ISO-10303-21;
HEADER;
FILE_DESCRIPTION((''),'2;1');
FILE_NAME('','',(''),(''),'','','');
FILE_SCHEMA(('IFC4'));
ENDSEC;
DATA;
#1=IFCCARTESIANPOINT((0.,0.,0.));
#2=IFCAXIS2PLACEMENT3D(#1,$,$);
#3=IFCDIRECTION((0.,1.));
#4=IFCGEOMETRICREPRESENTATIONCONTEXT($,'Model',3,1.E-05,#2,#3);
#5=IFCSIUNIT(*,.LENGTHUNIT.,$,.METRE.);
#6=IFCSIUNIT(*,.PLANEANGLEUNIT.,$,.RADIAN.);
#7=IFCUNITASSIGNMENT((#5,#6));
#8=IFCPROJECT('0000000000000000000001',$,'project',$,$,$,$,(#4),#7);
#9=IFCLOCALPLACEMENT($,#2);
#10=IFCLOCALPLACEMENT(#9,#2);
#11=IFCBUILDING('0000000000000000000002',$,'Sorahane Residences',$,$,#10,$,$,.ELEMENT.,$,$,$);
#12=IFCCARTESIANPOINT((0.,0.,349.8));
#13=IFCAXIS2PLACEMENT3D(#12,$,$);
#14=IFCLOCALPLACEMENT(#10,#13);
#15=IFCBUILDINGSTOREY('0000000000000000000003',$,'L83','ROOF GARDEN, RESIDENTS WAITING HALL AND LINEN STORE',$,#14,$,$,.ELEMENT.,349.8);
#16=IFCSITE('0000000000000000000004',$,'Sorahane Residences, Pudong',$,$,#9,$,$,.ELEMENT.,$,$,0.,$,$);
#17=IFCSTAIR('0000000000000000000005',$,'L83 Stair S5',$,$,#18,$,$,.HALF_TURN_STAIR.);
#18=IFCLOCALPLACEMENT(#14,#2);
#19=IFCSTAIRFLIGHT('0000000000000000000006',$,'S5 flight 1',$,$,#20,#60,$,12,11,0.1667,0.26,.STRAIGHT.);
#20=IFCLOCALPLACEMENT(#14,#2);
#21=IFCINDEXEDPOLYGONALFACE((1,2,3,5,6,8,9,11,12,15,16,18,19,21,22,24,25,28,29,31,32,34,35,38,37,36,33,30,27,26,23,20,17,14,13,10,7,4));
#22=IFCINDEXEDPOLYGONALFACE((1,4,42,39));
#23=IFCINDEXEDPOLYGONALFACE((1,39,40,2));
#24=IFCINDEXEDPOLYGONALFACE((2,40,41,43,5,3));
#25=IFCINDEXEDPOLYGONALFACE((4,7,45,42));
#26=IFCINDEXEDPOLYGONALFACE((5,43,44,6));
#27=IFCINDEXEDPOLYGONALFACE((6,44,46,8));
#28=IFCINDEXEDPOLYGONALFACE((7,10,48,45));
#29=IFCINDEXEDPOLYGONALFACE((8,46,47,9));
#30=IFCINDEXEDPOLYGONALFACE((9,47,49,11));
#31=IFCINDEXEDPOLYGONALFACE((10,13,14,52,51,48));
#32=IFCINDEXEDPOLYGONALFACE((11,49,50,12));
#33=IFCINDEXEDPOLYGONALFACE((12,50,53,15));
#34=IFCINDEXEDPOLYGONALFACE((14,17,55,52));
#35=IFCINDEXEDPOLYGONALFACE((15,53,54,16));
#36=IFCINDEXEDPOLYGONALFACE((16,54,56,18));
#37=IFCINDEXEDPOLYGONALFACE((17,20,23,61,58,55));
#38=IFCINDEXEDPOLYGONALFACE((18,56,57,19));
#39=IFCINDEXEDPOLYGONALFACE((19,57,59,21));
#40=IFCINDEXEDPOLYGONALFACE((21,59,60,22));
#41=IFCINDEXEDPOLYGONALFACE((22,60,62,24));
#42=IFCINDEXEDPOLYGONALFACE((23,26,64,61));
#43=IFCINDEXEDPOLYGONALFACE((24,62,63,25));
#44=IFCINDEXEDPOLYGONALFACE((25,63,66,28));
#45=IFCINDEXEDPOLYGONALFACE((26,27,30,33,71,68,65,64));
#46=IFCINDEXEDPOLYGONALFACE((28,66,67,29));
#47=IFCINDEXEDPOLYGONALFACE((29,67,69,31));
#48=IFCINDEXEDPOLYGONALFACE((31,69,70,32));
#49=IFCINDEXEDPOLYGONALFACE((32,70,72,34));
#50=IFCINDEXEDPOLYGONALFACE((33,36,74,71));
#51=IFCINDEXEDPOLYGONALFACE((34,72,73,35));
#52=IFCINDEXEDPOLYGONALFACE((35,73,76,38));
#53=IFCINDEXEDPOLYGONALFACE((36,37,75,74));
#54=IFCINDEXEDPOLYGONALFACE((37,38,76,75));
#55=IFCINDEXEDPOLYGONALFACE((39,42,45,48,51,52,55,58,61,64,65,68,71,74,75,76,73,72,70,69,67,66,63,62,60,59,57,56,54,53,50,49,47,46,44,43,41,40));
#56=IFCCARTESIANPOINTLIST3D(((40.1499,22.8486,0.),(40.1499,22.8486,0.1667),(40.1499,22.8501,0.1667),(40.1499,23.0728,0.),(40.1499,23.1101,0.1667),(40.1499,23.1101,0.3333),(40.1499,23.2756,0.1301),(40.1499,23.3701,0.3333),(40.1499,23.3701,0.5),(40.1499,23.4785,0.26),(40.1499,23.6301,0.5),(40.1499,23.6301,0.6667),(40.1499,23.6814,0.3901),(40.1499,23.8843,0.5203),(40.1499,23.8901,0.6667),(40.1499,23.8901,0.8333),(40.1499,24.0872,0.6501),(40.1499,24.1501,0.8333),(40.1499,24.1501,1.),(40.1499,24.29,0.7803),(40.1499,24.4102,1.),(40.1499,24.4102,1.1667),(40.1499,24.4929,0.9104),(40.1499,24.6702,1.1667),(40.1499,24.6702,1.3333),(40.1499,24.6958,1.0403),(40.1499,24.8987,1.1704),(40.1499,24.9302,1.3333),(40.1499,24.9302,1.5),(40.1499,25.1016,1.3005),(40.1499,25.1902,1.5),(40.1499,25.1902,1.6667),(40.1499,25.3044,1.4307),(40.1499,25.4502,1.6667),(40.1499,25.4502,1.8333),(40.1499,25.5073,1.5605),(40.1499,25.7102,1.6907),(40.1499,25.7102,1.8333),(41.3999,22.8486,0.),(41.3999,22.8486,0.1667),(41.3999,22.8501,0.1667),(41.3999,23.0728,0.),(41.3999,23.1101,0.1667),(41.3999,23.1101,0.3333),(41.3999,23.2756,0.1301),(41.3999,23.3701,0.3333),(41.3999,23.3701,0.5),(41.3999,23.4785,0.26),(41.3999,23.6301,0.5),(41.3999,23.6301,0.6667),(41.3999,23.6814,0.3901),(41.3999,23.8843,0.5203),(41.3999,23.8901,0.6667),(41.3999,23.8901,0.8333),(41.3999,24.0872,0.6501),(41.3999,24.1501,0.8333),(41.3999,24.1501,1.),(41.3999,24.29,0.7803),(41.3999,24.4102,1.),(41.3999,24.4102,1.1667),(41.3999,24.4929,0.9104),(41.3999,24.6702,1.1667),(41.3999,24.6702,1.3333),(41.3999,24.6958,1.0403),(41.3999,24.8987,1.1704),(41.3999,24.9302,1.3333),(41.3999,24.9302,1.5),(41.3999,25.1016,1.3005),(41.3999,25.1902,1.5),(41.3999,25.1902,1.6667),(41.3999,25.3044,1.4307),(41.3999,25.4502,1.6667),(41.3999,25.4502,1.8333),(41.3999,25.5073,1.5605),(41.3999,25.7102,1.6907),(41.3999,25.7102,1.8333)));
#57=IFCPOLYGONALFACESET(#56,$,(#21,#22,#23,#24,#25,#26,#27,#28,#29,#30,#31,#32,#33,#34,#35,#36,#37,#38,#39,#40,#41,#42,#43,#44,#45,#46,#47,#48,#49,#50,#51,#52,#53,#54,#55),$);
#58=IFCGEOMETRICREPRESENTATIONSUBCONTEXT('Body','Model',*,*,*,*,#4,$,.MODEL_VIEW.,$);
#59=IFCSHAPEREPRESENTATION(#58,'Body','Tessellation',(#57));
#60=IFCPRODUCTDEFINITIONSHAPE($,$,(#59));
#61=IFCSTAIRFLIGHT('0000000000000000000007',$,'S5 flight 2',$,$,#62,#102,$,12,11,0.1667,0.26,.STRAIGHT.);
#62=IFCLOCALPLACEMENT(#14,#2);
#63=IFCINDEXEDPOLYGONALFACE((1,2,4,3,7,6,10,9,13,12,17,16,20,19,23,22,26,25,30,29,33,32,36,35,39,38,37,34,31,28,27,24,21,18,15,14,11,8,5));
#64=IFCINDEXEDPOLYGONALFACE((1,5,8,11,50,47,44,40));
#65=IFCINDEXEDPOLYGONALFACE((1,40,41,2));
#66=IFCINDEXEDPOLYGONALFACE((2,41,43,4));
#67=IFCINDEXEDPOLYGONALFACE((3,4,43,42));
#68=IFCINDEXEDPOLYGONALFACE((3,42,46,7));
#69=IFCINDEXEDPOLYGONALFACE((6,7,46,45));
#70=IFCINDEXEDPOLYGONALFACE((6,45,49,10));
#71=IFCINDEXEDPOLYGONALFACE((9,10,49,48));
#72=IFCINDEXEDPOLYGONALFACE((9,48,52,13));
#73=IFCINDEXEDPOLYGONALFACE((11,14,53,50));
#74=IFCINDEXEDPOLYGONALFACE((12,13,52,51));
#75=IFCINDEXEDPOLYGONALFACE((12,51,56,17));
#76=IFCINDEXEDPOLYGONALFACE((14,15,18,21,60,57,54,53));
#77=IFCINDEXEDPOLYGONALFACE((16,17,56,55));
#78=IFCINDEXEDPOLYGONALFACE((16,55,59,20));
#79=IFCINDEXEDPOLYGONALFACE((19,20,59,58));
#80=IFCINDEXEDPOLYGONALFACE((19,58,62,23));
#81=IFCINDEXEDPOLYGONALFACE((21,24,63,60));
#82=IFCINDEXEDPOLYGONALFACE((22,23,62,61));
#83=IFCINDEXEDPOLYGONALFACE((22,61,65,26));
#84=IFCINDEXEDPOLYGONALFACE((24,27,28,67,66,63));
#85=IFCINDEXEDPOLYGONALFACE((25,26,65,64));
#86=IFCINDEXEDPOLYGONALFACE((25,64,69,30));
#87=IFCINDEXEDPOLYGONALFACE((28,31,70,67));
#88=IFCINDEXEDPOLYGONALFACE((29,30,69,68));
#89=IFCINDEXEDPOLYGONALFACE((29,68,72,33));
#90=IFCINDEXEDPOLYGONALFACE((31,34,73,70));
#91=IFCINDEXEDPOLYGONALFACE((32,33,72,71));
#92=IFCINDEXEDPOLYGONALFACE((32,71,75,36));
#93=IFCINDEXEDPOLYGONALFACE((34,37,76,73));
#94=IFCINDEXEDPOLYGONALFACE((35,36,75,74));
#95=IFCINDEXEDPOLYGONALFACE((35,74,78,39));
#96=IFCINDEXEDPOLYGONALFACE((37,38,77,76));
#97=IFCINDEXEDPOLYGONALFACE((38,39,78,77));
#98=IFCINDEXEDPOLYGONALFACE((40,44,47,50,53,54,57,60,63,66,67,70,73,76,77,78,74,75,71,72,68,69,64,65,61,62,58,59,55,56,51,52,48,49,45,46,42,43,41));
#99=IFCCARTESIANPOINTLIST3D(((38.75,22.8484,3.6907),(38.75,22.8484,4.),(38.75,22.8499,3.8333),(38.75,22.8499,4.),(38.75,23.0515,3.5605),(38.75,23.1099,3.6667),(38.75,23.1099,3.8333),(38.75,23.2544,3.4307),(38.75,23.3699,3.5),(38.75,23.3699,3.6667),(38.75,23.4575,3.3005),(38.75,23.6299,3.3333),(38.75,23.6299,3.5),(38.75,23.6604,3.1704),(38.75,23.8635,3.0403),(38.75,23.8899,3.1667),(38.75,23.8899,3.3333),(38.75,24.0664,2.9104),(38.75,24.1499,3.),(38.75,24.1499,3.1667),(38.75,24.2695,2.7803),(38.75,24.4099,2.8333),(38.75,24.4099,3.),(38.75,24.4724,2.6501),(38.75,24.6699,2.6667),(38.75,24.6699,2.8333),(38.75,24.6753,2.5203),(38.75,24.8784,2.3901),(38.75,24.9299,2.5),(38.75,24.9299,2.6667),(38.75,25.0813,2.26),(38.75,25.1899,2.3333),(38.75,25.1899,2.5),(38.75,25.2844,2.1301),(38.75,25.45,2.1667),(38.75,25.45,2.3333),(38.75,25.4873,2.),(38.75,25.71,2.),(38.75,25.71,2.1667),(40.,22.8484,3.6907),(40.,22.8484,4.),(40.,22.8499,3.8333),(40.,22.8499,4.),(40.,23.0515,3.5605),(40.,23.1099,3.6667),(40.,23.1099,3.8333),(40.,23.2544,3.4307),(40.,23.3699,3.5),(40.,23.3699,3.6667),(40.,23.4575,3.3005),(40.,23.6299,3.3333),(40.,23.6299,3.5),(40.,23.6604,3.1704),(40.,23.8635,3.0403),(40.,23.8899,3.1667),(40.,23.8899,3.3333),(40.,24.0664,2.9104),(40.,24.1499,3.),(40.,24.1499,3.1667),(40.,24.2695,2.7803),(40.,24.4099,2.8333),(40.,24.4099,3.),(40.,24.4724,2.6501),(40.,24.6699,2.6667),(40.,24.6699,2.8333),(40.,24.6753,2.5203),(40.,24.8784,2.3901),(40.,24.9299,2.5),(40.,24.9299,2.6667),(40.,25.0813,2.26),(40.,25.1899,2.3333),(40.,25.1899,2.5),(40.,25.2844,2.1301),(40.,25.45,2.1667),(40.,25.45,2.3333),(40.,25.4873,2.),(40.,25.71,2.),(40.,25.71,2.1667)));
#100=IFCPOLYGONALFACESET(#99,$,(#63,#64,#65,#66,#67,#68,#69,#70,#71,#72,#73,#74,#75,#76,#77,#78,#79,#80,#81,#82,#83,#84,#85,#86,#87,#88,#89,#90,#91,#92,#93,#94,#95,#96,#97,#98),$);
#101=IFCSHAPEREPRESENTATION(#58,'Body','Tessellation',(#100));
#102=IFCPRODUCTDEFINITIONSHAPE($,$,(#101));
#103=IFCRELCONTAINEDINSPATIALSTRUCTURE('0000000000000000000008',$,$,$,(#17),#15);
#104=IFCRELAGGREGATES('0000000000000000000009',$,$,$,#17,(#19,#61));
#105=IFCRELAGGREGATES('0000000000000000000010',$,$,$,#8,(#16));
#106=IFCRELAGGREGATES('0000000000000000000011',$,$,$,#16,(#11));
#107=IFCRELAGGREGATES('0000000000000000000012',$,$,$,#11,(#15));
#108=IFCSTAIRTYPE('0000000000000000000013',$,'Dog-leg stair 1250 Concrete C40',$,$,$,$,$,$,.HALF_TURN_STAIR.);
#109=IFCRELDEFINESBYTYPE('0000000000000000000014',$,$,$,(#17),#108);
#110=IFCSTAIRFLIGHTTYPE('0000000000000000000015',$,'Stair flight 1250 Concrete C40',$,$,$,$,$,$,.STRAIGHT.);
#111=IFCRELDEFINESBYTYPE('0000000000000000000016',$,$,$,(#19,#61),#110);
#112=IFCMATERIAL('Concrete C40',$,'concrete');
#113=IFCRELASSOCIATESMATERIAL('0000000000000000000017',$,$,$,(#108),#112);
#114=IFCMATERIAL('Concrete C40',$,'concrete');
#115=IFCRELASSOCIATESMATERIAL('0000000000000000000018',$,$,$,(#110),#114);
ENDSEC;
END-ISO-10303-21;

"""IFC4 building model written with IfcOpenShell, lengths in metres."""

from ifc_helpers import new_model, si_unit, direction, frame, origin, place, context, subcontext, project, spatial, polyline, outline, extrude, material, type_object, element, aggregate, save


model = new_model("IFC4")

# Units and contexts
model_context = context("Model", 3, precision=1e-05, world=origin(), true_north=direction((0.0, 1.0)))
body_context = subcontext(model_context, "Body", "Model", "MODEL_VIEW")
ifc_project = project(units=[si_unit("LENGTHUNIT", "METRE"), si_unit("PLANEANGLEUNIT", "RADIAN")], contexts=[model_context])

# Site, building, storey
site_placement = place(None, origin())
site = spatial("IfcSite", under=ifc_project, at=site_placement, Name="Sorahane Residences, Pudong", CompositionType="ELEMENT", RefElevation=0.0)
building_placement = place(site_placement, origin())
building = spatial("IfcBuilding", under=site, at=building_placement, Name="Sorahane Residences", CompositionType="ELEMENT")
storey_placement = place(building_placement, frame((0.0, 0.0, 349.8)))
storey = spatial("IfcBuildingStorey", under=building, at=storey_placement, Name="L83", Description="ROOF GARDEN, RESIDENTS WAITING HALL AND LINEN STORE", CompositionType="ELEMENT", Elevation=349.8)

# Stair, stair flights
ifc_material_1 = material(Name="Concrete C40", Category="concrete")
stair_type = type_object("IfcStairType", Name="Dog-leg stair 1250 Concrete C40", PredefinedType="HALF_TURN_STAIR", material=ifc_material_1)
stair_placement = place(storey_placement, origin())
stair = element("IfcStair", 1, at=stair_placement, inside=storey, type_object=stair_type, Name="L83 Stair S5", PredefinedType="HALF_TURN_STAIR")
ifc_material_2 = material(Name="Concrete C40", Category="concrete")
stair_flight_type = type_object("IfcStairFlightType", Name="Stair flight 1250 Concrete C40", PredefinedType="STRAIGHT", material=ifc_material_2)
stair_flight_1_placement = place(storey_placement, frame((40.7749, 22.8501, 0.0), z_axis=(0.0, 0.0, 1.0), x_axis=(0.0, 1.0, 0.0)))
stair_flight_1 = element("IfcStairFlight", 2, at=stair_flight_1_placement, type_object=stair_flight_type, Name="S5 flight 1", NumberOfRisers=12, NumberOfTreads=11, PredefinedType="STRAIGHT", RiserHeight=0.1667, TreadLength=0.26, context=body_context, shape_type="SweptSolid", body=[
    extrude(outline(polyline([(-0.0015, 0.0), (-0.0015, 0.1667), (0.0, 0.1667), (0.26, 0.1667), (0.26, 0.3333), (0.52, 0.3333), (0.52, 0.5), (0.78, 0.5), (0.78, 0.6667), (1.04, 0.6667), (1.04, 0.8333), (1.3, 0.8333), (1.3, 1.0), (1.5601, 1.0), (1.5601, 1.1667), (1.8201, 1.1667), (1.8201, 1.3333), (2.0801, 1.3333), (2.0801, 1.5), (2.3401, 1.5), (2.3401, 1.6667), (2.6001, 1.6667), (2.6001, 1.8333), (2.8601, 1.8333), (2.8601, 2.0), (2.8601, 1.6907), (2.6572, 1.5605), (2.4543, 1.4307), (2.2515, 1.3005), (2.0486, 1.1704), (1.8457, 1.0403), (1.6428, 0.9104), (1.4399, 0.7803), (1.2371, 0.6501), (1.0342, 0.5203), (0.8313, 0.3901), (0.6284, 0.26), (0.4255, 0.1301), (0.2227, 0.0), (-0.0015, 0.0)])), frame((0.0, 0.625, 0.0), z_axis=(0.0, -1.0, 0.0), x_axis=(1.0, 0.0, 0.0)), (0.0, 0.0, 1.0), 1.25),
])
stair_flight_2_placement = place(storey_placement, frame((39.375, 25.71, 2.0), z_axis=(0.0, 0.0, 1.0), x_axis=(0.0, -1.0, 0.0)))
stair_flight_2 = element("IfcStairFlight", 3, at=stair_flight_2_placement, type_object=stair_flight_type, Name="S5 flight 2", NumberOfRisers=12, NumberOfTreads=11, PredefinedType="STRAIGHT", RiserHeight=0.1667, TreadLength=0.26, context=body_context, shape_type="SweptSolid", body=[
    extrude(outline(polyline([(0.0, 0.0), (0.0, 0.1667), (0.26, 0.1667), (0.26, 0.3333), (0.52, 0.3333), (0.52, 0.5), (0.78, 0.5), (0.78, 0.6667), (1.04, 0.6667), (1.04, 0.8333), (1.3, 0.8333), (1.3, 1.0), (1.5601, 1.0), (1.5601, 1.1667), (1.8201, 1.1667), (1.8201, 1.3333), (2.0801, 1.3333), (2.0801, 1.5), (2.3401, 1.5), (2.3401, 1.6667), (2.6001, 1.6667), (2.6001, 1.8333), (2.8601, 1.8333), (2.8601, 2.0), (2.8616, 2.0), (2.8616, 1.6907), (2.6584, 1.5605), (2.4556, 1.4307), (2.2524, 1.3005), (2.0496, 1.1704), (1.8464, 1.0403), (1.6436, 0.9104), (1.4404, 0.7803), (1.2375, 0.6501), (1.0347, 0.5203), (0.8315, 0.3901), (0.6287, 0.26), (0.4255, 0.1301), (0.2227, 0.0), (0.0, 0.0)])), frame((0.0, 0.625, 0.0), z_axis=(0.0, -1.0, 0.0), x_axis=(1.0, 0.0, 0.0)), (0.0, 0.0, 1.0), 1.25),
])
aggregate(stair, [stair_flight_1, stair_flight_2])

save(model, "model.ifc")
